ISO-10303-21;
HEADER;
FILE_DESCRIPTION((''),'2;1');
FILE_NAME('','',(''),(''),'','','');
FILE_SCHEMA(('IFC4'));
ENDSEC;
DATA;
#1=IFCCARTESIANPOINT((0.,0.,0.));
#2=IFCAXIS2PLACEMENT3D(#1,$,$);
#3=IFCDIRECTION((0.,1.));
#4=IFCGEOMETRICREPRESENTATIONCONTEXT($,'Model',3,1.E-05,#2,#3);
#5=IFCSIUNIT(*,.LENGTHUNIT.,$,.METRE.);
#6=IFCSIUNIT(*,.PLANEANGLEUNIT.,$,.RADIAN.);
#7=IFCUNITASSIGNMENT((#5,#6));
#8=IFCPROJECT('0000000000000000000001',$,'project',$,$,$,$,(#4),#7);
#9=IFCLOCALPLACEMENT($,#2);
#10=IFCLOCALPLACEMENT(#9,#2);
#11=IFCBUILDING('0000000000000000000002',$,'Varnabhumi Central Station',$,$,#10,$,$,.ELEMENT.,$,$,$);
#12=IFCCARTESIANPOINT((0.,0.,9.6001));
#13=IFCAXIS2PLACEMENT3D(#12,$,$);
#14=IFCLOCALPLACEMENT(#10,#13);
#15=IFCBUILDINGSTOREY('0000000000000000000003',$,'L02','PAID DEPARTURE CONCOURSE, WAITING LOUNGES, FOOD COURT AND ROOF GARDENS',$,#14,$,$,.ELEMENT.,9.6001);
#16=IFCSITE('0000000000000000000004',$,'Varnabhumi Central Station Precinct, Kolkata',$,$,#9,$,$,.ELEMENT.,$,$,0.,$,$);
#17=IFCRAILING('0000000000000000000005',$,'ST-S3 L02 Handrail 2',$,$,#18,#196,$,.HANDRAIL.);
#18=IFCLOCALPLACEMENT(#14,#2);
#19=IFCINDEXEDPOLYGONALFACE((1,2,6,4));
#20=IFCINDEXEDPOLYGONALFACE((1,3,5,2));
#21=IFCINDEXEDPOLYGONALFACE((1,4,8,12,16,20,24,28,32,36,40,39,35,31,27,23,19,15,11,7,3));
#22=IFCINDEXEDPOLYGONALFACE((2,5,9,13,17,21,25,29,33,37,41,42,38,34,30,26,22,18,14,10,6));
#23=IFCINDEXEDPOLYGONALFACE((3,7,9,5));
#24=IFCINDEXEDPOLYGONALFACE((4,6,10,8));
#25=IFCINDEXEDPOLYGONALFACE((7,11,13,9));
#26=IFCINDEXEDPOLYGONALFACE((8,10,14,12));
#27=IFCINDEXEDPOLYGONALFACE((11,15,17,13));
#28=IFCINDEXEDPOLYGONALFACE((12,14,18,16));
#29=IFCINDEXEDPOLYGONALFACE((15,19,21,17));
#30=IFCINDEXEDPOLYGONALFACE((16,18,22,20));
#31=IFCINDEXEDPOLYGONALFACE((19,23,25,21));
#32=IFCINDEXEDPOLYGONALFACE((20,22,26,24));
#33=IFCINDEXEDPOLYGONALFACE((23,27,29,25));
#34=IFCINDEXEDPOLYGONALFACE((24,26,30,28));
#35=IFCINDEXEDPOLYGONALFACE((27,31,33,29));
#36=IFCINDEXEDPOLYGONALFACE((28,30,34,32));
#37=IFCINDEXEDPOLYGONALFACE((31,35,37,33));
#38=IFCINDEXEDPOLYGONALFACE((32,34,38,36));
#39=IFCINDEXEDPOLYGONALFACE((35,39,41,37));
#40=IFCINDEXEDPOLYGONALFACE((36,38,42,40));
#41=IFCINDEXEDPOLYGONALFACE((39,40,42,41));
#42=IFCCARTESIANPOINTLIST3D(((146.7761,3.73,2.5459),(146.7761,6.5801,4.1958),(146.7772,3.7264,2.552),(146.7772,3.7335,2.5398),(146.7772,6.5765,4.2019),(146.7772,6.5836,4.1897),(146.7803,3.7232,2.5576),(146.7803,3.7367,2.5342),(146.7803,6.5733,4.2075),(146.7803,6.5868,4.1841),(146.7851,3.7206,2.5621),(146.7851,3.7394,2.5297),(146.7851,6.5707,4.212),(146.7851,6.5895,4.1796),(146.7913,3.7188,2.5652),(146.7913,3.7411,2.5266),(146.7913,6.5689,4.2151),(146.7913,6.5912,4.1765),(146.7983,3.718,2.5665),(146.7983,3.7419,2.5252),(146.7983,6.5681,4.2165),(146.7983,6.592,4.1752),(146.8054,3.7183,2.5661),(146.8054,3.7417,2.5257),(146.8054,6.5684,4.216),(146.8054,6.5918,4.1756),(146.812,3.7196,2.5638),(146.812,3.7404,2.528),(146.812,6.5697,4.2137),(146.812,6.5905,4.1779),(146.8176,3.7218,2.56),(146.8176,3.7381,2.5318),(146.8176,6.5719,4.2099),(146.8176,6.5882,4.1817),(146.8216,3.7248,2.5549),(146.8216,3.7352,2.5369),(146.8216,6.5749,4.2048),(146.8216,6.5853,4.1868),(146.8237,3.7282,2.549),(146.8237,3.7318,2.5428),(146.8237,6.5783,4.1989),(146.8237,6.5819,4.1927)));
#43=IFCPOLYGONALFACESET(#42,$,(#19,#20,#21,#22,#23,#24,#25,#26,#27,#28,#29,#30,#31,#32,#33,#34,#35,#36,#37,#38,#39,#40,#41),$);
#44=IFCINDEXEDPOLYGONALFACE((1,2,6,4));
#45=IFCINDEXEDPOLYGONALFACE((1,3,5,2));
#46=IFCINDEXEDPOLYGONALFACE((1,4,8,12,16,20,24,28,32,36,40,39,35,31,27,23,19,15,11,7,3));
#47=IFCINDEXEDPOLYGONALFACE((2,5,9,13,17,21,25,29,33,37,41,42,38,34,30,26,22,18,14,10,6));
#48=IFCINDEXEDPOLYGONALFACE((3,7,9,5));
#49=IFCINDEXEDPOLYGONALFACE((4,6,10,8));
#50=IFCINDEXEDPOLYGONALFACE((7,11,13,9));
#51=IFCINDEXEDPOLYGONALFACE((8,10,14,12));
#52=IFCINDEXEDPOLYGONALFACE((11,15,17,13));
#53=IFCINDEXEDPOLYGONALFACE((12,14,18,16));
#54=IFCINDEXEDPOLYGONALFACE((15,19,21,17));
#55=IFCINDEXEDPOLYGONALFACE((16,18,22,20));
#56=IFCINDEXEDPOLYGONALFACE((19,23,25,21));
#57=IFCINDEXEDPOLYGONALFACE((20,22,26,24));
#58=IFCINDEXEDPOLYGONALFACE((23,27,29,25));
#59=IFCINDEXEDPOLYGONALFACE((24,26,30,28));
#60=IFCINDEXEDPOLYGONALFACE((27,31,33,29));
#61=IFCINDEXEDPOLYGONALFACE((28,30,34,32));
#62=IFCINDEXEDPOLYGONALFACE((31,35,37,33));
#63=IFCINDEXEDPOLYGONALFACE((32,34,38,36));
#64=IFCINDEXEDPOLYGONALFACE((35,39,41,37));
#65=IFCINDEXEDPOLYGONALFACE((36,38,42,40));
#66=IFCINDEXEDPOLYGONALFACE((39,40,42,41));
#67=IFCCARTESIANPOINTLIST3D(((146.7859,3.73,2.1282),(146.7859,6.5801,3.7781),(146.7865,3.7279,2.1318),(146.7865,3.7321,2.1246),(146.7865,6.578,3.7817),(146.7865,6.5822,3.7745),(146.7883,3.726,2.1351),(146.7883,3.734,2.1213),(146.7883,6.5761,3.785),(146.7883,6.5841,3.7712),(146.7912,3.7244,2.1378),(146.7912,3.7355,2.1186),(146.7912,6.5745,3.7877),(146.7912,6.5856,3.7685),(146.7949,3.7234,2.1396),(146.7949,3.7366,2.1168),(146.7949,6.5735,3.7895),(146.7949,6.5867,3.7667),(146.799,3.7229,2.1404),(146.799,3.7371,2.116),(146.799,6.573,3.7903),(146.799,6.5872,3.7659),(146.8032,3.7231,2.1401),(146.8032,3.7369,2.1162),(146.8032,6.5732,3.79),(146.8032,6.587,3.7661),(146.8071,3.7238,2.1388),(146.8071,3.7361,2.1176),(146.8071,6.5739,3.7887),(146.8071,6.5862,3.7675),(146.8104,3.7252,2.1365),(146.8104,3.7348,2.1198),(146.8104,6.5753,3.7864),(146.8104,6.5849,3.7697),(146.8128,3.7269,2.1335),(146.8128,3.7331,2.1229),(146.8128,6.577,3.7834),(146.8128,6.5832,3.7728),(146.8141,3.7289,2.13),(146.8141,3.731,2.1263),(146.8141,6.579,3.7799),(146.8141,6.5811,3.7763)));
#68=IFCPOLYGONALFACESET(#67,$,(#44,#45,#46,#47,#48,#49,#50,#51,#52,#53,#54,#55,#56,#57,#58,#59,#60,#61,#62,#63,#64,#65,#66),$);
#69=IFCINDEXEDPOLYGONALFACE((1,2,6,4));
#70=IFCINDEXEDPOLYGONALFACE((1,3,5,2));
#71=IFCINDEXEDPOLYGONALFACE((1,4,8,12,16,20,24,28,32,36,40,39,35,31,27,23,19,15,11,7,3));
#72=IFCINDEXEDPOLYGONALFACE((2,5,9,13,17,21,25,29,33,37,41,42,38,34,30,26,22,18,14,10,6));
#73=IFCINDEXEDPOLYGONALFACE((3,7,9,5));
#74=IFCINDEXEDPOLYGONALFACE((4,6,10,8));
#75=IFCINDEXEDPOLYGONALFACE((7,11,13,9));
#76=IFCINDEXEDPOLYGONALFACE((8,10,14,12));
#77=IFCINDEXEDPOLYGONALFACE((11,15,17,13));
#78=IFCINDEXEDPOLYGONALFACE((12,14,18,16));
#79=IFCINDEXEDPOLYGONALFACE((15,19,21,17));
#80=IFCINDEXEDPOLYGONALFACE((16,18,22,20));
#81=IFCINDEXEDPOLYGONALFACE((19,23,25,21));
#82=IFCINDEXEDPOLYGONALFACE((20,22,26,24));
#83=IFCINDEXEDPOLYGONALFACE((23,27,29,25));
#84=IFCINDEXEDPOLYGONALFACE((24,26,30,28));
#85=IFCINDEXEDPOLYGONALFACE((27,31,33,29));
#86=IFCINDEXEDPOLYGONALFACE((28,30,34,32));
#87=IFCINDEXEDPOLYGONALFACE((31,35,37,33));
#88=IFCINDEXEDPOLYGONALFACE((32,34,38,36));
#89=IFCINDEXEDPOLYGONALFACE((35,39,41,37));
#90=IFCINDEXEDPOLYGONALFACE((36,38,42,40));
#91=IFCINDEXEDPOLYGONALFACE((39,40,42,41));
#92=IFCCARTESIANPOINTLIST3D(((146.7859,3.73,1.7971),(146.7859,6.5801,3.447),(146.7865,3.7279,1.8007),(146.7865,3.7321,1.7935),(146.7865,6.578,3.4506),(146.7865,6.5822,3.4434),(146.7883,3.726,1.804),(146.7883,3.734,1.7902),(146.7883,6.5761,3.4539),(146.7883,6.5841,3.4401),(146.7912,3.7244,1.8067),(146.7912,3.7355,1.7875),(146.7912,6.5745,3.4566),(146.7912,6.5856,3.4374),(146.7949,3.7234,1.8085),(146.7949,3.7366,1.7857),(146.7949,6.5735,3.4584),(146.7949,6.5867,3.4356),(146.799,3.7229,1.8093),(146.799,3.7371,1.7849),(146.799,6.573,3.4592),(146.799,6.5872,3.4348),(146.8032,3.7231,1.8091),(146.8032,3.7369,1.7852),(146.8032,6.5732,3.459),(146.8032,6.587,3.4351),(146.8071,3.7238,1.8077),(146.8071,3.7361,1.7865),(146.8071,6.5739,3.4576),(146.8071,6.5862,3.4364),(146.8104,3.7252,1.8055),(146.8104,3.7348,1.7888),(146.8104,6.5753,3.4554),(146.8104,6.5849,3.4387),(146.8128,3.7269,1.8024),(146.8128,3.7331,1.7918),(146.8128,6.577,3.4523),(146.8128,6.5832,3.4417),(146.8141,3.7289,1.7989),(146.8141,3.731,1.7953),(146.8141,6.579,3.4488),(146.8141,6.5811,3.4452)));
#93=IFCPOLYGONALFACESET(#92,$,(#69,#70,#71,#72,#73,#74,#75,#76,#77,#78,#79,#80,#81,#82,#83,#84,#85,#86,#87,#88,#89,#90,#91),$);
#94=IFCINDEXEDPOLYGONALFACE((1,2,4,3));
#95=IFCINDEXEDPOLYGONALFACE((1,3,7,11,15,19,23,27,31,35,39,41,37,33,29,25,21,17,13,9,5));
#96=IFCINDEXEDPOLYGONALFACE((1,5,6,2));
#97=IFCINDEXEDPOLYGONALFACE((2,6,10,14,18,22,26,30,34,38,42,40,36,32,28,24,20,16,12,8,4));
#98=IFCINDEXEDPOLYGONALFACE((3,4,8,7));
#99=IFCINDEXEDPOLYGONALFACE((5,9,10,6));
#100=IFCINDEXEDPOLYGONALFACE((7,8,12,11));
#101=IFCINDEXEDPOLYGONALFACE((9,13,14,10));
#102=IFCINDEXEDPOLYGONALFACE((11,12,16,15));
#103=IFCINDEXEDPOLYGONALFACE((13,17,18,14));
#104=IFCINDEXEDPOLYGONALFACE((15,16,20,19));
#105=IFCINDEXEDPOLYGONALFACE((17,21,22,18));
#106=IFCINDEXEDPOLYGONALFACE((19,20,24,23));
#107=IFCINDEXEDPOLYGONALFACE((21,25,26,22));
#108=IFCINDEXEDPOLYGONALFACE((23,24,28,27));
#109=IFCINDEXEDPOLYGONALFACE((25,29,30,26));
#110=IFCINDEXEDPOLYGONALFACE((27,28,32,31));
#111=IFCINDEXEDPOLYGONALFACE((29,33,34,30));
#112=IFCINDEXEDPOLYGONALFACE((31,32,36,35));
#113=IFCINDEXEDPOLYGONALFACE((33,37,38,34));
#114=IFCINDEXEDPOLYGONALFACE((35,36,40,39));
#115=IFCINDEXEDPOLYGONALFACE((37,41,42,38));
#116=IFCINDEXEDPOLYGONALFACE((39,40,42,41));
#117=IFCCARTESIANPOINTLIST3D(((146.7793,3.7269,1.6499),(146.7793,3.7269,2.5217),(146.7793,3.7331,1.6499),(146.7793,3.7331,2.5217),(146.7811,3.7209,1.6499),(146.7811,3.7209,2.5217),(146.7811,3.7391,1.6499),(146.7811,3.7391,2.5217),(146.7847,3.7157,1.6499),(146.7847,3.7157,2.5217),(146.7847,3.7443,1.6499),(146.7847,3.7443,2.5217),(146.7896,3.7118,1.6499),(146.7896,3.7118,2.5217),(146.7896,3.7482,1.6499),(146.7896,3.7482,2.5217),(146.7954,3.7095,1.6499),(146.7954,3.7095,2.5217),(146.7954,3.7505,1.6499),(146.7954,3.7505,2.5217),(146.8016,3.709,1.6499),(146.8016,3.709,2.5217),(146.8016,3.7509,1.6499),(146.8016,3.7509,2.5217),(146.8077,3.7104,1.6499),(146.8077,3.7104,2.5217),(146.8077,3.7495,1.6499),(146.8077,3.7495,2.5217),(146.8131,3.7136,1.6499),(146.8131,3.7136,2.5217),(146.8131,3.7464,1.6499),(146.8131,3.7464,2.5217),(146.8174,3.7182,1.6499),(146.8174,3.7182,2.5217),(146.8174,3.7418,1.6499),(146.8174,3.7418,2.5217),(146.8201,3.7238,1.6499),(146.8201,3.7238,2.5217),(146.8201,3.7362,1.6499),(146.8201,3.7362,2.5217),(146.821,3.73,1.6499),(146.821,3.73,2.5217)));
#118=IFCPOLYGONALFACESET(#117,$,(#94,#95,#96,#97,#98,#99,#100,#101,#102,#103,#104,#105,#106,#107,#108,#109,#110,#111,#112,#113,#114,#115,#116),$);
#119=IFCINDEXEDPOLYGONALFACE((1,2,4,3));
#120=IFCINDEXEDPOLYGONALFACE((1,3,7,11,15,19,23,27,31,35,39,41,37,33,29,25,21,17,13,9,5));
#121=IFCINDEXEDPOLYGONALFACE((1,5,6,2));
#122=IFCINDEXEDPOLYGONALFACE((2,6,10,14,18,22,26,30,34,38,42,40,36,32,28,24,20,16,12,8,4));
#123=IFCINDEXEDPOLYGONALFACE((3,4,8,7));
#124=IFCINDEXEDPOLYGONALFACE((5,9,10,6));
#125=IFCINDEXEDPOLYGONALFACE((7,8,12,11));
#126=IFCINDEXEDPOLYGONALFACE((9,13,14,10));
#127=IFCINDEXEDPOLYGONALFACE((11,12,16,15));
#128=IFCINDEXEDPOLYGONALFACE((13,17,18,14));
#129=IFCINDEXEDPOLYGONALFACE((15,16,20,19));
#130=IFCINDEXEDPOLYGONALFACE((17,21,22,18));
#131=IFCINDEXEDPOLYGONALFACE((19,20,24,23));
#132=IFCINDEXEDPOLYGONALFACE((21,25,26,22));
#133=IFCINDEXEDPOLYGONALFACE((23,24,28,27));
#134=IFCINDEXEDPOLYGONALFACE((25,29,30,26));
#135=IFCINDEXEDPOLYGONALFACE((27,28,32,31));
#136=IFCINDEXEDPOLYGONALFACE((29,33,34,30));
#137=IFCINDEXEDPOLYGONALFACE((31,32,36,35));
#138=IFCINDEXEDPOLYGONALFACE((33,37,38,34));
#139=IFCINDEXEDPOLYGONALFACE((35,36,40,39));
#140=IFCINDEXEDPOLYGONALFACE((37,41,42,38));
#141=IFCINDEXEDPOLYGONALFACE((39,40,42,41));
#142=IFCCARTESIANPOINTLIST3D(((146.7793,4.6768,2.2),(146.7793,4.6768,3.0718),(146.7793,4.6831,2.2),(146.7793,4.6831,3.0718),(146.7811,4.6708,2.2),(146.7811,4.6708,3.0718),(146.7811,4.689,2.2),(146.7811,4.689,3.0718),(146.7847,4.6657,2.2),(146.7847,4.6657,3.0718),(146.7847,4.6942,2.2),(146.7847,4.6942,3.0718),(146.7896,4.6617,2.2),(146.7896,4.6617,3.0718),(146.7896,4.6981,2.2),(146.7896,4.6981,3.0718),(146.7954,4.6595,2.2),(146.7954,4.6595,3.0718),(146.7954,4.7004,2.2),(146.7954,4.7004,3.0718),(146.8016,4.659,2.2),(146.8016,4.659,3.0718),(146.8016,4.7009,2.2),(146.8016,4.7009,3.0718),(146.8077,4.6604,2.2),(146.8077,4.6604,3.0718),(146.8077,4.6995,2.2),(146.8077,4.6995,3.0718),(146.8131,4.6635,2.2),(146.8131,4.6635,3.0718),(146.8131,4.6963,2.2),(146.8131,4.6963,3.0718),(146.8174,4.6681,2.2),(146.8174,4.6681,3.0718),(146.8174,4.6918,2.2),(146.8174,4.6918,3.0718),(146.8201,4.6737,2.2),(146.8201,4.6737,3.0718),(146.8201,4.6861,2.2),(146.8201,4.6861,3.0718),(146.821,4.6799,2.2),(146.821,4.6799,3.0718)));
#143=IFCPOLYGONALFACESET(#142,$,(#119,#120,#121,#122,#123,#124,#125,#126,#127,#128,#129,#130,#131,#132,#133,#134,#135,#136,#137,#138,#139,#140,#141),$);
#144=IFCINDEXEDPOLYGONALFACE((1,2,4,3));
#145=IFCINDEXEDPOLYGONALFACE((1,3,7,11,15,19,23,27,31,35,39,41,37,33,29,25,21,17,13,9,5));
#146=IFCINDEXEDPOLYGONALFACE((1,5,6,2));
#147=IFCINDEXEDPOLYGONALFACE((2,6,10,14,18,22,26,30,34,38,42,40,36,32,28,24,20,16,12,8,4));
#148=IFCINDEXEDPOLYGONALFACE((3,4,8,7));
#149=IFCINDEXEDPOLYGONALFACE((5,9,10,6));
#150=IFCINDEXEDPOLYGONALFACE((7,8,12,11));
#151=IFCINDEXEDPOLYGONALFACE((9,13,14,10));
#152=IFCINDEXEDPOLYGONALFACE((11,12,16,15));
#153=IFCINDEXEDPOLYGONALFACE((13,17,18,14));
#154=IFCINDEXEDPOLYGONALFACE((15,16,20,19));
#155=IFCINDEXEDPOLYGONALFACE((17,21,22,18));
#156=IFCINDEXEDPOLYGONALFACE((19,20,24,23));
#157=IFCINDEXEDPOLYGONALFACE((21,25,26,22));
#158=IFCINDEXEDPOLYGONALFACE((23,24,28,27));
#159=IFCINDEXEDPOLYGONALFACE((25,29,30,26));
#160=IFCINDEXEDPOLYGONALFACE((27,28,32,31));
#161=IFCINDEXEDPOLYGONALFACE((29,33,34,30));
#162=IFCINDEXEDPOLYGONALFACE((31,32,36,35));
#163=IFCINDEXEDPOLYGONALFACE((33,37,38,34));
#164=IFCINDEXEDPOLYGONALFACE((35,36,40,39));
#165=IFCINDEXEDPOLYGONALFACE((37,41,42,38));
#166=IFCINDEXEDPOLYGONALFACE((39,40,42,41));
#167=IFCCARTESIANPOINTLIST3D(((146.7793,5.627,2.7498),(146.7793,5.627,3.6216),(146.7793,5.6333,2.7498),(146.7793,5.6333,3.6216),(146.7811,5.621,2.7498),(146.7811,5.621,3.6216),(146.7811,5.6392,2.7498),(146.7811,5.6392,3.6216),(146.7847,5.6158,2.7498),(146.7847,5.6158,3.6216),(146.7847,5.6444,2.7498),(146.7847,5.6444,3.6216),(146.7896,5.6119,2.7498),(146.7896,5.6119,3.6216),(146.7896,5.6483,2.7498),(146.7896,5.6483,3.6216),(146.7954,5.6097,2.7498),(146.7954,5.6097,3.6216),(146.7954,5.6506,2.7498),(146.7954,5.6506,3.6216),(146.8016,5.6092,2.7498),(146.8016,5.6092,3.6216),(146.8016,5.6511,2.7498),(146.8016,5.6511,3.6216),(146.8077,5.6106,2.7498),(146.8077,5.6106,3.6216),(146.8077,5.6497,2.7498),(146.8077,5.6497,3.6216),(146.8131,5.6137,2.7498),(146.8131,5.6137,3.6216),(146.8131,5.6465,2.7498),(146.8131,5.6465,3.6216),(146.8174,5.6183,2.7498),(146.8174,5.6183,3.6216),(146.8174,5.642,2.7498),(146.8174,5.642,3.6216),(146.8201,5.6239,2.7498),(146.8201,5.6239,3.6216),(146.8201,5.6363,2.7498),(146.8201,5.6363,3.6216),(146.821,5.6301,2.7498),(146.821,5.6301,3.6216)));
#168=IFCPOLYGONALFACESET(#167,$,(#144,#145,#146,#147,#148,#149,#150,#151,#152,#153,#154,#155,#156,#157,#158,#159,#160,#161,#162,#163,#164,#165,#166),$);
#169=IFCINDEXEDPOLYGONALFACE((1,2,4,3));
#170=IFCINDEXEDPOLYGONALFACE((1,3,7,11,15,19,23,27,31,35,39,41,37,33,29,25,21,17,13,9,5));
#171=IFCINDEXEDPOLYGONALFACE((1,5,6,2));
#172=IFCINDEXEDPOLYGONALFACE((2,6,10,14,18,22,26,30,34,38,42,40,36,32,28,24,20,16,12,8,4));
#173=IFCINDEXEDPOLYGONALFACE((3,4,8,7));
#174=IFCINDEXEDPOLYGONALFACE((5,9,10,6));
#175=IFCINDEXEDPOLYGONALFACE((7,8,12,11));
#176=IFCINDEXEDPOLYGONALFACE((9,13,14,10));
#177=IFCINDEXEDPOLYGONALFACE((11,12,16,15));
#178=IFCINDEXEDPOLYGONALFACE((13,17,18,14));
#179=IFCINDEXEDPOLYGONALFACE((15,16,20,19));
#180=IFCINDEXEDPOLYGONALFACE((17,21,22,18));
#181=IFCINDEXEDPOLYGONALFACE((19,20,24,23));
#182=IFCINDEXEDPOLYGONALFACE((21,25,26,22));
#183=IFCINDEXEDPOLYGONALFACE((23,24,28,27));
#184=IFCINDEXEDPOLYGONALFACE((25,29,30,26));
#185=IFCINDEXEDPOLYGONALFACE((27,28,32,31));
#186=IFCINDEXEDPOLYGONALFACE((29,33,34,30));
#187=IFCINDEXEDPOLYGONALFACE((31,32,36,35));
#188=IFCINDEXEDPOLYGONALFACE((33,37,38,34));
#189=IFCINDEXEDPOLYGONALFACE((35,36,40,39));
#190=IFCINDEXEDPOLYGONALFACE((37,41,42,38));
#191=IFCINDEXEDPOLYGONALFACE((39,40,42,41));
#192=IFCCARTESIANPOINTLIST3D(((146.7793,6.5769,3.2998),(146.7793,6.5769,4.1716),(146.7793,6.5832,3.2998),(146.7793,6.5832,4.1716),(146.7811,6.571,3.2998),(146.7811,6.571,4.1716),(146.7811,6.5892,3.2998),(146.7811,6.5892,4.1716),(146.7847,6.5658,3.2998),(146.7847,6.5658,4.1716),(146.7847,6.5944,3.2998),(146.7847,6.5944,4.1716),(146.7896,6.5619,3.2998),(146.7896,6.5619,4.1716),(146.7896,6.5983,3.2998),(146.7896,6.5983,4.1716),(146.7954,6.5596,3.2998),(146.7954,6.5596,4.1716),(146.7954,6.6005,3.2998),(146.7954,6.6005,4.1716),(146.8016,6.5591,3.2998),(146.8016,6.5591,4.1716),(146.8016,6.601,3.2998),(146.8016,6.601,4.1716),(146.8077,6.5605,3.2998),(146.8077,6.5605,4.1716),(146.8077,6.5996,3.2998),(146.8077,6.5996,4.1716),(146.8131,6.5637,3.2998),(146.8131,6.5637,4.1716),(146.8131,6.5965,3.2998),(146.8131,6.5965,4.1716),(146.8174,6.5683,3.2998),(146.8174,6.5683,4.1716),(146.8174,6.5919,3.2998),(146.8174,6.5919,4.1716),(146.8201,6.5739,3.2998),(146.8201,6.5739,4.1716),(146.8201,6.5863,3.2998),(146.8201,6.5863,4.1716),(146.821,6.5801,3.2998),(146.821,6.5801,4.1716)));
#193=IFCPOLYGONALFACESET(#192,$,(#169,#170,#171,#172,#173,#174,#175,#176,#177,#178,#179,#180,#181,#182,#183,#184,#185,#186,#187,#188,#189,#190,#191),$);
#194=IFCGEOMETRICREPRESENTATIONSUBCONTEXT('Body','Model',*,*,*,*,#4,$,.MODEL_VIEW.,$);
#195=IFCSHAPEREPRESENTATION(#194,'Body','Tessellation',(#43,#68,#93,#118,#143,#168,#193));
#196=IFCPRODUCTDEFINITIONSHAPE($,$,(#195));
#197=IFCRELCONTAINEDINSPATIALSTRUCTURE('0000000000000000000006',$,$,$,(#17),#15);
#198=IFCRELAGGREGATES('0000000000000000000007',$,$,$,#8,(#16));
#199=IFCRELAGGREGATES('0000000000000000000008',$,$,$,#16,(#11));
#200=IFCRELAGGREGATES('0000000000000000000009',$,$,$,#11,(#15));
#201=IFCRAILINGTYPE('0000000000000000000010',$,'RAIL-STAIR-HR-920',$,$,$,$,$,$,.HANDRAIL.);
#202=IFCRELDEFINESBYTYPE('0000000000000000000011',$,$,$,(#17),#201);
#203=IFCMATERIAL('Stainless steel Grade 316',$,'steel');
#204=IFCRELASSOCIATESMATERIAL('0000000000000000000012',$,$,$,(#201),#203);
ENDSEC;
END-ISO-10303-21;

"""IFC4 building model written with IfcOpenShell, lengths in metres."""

from ifc_helpers import new_model, si_unit, direction, frame, origin, origin_2d, place, context, subcontext, project, spatial, circle, extrude, material, type_object, element, save


model = new_model("IFC4")

# Units and contexts
model_context = context("Model", 3, precision=1e-05, world=origin(), true_north=direction((0.0, 1.0)))
body_context = subcontext(model_context, "Body", "Model", "MODEL_VIEW")
ifc_project = project(units=[si_unit("LENGTHUNIT", "METRE"), si_unit("PLANEANGLEUNIT", "RADIAN")], contexts=[model_context])

# Site, building, storey
site_placement = place(None, origin())
site = spatial("IfcSite", under=ifc_project, at=site_placement, Name="Varnabhumi Central Station Precinct, Kolkata", CompositionType="ELEMENT", RefElevation=0.0)
building_placement = place(site_placement, origin())
building = spatial("IfcBuilding", under=site, at=building_placement, Name="Varnabhumi Central Station", CompositionType="ELEMENT")
storey_placement = place(building_placement, frame((0.0, 0.0, 9.6001)))
storey = spatial("IfcBuildingStorey", under=building, at=storey_placement, Name="L02", Description="PAID DEPARTURE CONCOURSE, WAITING LOUNGES, FOOD COURT AND ROOF GARDENS", CompositionType="ELEMENT", Elevation=9.6001)

# Shared definitions
ifc_material_1 = material(Name="Stainless steel Grade 316", Category="steel")

# Railing
railing_type_1 = type_object("IfcRailingType", Name="RAIL-STAIR-HR-920", PredefinedType="HANDRAIL", material=ifc_material_1)
for number, where, name in (
    (1, (146.8, 3.73, 1.6499), "ST-S3 L02 Handrail 2"),
):
    element("IfcRailing", number, at=place(storey_placement, frame(where)), inside=storey, type_object=railing_type_1, Name=name, PredefinedType="HANDRAIL", context=body_context, shape_type="SweptSolid", body=[
        extrude(circle(Radius=0.0239, at=origin_2d()), frame((0.0, 0.0, 0.896), z_axis=(0.0, 0.865447, 0.501001), x_axis=(-1.0, 0.0, 0.0)), (0.0, 0.0, 1.0), 3.2932),
        extrude(circle(Radius=0.0142, at=origin_2d()), frame((0.0, 0.0, 0.4783), z_axis=(0.0, 0.865447, 0.501001), x_axis=(-1.0, 0.0, 0.0)), (0.0, 0.0, 1.0), 3.2932),
        extrude(circle(Radius=0.0142, at=origin_2d()), frame((0.0, 0.0, 0.1472), z_axis=(0.0, 0.865447, 0.501001), x_axis=(-1.0, 0.0, 0.0)), (0.0, 0.0, 1.0), 3.2932),
        extrude(circle(Radius=0.021, at=origin_2d()), origin(), (0.0, 0.0, 1.0), 0.8718),
        extrude(circle(Radius=0.021, at=origin_2d()), frame((0.0, 0.95, 0.55)), (0.0, 0.0, 1.0), 0.8718),
        extrude(circle(Radius=0.021, at=origin_2d()), frame((0.0, 1.9001, 1.0999)), (0.0, 0.0, 1.0), 0.8718),
        extrude(circle(Radius=0.021, at=origin_2d()), frame((0.0, 2.8501, 1.6499)), (0.0, 0.0, 1.0), 0.8718),
    ])

save(model, "model.ifc")
